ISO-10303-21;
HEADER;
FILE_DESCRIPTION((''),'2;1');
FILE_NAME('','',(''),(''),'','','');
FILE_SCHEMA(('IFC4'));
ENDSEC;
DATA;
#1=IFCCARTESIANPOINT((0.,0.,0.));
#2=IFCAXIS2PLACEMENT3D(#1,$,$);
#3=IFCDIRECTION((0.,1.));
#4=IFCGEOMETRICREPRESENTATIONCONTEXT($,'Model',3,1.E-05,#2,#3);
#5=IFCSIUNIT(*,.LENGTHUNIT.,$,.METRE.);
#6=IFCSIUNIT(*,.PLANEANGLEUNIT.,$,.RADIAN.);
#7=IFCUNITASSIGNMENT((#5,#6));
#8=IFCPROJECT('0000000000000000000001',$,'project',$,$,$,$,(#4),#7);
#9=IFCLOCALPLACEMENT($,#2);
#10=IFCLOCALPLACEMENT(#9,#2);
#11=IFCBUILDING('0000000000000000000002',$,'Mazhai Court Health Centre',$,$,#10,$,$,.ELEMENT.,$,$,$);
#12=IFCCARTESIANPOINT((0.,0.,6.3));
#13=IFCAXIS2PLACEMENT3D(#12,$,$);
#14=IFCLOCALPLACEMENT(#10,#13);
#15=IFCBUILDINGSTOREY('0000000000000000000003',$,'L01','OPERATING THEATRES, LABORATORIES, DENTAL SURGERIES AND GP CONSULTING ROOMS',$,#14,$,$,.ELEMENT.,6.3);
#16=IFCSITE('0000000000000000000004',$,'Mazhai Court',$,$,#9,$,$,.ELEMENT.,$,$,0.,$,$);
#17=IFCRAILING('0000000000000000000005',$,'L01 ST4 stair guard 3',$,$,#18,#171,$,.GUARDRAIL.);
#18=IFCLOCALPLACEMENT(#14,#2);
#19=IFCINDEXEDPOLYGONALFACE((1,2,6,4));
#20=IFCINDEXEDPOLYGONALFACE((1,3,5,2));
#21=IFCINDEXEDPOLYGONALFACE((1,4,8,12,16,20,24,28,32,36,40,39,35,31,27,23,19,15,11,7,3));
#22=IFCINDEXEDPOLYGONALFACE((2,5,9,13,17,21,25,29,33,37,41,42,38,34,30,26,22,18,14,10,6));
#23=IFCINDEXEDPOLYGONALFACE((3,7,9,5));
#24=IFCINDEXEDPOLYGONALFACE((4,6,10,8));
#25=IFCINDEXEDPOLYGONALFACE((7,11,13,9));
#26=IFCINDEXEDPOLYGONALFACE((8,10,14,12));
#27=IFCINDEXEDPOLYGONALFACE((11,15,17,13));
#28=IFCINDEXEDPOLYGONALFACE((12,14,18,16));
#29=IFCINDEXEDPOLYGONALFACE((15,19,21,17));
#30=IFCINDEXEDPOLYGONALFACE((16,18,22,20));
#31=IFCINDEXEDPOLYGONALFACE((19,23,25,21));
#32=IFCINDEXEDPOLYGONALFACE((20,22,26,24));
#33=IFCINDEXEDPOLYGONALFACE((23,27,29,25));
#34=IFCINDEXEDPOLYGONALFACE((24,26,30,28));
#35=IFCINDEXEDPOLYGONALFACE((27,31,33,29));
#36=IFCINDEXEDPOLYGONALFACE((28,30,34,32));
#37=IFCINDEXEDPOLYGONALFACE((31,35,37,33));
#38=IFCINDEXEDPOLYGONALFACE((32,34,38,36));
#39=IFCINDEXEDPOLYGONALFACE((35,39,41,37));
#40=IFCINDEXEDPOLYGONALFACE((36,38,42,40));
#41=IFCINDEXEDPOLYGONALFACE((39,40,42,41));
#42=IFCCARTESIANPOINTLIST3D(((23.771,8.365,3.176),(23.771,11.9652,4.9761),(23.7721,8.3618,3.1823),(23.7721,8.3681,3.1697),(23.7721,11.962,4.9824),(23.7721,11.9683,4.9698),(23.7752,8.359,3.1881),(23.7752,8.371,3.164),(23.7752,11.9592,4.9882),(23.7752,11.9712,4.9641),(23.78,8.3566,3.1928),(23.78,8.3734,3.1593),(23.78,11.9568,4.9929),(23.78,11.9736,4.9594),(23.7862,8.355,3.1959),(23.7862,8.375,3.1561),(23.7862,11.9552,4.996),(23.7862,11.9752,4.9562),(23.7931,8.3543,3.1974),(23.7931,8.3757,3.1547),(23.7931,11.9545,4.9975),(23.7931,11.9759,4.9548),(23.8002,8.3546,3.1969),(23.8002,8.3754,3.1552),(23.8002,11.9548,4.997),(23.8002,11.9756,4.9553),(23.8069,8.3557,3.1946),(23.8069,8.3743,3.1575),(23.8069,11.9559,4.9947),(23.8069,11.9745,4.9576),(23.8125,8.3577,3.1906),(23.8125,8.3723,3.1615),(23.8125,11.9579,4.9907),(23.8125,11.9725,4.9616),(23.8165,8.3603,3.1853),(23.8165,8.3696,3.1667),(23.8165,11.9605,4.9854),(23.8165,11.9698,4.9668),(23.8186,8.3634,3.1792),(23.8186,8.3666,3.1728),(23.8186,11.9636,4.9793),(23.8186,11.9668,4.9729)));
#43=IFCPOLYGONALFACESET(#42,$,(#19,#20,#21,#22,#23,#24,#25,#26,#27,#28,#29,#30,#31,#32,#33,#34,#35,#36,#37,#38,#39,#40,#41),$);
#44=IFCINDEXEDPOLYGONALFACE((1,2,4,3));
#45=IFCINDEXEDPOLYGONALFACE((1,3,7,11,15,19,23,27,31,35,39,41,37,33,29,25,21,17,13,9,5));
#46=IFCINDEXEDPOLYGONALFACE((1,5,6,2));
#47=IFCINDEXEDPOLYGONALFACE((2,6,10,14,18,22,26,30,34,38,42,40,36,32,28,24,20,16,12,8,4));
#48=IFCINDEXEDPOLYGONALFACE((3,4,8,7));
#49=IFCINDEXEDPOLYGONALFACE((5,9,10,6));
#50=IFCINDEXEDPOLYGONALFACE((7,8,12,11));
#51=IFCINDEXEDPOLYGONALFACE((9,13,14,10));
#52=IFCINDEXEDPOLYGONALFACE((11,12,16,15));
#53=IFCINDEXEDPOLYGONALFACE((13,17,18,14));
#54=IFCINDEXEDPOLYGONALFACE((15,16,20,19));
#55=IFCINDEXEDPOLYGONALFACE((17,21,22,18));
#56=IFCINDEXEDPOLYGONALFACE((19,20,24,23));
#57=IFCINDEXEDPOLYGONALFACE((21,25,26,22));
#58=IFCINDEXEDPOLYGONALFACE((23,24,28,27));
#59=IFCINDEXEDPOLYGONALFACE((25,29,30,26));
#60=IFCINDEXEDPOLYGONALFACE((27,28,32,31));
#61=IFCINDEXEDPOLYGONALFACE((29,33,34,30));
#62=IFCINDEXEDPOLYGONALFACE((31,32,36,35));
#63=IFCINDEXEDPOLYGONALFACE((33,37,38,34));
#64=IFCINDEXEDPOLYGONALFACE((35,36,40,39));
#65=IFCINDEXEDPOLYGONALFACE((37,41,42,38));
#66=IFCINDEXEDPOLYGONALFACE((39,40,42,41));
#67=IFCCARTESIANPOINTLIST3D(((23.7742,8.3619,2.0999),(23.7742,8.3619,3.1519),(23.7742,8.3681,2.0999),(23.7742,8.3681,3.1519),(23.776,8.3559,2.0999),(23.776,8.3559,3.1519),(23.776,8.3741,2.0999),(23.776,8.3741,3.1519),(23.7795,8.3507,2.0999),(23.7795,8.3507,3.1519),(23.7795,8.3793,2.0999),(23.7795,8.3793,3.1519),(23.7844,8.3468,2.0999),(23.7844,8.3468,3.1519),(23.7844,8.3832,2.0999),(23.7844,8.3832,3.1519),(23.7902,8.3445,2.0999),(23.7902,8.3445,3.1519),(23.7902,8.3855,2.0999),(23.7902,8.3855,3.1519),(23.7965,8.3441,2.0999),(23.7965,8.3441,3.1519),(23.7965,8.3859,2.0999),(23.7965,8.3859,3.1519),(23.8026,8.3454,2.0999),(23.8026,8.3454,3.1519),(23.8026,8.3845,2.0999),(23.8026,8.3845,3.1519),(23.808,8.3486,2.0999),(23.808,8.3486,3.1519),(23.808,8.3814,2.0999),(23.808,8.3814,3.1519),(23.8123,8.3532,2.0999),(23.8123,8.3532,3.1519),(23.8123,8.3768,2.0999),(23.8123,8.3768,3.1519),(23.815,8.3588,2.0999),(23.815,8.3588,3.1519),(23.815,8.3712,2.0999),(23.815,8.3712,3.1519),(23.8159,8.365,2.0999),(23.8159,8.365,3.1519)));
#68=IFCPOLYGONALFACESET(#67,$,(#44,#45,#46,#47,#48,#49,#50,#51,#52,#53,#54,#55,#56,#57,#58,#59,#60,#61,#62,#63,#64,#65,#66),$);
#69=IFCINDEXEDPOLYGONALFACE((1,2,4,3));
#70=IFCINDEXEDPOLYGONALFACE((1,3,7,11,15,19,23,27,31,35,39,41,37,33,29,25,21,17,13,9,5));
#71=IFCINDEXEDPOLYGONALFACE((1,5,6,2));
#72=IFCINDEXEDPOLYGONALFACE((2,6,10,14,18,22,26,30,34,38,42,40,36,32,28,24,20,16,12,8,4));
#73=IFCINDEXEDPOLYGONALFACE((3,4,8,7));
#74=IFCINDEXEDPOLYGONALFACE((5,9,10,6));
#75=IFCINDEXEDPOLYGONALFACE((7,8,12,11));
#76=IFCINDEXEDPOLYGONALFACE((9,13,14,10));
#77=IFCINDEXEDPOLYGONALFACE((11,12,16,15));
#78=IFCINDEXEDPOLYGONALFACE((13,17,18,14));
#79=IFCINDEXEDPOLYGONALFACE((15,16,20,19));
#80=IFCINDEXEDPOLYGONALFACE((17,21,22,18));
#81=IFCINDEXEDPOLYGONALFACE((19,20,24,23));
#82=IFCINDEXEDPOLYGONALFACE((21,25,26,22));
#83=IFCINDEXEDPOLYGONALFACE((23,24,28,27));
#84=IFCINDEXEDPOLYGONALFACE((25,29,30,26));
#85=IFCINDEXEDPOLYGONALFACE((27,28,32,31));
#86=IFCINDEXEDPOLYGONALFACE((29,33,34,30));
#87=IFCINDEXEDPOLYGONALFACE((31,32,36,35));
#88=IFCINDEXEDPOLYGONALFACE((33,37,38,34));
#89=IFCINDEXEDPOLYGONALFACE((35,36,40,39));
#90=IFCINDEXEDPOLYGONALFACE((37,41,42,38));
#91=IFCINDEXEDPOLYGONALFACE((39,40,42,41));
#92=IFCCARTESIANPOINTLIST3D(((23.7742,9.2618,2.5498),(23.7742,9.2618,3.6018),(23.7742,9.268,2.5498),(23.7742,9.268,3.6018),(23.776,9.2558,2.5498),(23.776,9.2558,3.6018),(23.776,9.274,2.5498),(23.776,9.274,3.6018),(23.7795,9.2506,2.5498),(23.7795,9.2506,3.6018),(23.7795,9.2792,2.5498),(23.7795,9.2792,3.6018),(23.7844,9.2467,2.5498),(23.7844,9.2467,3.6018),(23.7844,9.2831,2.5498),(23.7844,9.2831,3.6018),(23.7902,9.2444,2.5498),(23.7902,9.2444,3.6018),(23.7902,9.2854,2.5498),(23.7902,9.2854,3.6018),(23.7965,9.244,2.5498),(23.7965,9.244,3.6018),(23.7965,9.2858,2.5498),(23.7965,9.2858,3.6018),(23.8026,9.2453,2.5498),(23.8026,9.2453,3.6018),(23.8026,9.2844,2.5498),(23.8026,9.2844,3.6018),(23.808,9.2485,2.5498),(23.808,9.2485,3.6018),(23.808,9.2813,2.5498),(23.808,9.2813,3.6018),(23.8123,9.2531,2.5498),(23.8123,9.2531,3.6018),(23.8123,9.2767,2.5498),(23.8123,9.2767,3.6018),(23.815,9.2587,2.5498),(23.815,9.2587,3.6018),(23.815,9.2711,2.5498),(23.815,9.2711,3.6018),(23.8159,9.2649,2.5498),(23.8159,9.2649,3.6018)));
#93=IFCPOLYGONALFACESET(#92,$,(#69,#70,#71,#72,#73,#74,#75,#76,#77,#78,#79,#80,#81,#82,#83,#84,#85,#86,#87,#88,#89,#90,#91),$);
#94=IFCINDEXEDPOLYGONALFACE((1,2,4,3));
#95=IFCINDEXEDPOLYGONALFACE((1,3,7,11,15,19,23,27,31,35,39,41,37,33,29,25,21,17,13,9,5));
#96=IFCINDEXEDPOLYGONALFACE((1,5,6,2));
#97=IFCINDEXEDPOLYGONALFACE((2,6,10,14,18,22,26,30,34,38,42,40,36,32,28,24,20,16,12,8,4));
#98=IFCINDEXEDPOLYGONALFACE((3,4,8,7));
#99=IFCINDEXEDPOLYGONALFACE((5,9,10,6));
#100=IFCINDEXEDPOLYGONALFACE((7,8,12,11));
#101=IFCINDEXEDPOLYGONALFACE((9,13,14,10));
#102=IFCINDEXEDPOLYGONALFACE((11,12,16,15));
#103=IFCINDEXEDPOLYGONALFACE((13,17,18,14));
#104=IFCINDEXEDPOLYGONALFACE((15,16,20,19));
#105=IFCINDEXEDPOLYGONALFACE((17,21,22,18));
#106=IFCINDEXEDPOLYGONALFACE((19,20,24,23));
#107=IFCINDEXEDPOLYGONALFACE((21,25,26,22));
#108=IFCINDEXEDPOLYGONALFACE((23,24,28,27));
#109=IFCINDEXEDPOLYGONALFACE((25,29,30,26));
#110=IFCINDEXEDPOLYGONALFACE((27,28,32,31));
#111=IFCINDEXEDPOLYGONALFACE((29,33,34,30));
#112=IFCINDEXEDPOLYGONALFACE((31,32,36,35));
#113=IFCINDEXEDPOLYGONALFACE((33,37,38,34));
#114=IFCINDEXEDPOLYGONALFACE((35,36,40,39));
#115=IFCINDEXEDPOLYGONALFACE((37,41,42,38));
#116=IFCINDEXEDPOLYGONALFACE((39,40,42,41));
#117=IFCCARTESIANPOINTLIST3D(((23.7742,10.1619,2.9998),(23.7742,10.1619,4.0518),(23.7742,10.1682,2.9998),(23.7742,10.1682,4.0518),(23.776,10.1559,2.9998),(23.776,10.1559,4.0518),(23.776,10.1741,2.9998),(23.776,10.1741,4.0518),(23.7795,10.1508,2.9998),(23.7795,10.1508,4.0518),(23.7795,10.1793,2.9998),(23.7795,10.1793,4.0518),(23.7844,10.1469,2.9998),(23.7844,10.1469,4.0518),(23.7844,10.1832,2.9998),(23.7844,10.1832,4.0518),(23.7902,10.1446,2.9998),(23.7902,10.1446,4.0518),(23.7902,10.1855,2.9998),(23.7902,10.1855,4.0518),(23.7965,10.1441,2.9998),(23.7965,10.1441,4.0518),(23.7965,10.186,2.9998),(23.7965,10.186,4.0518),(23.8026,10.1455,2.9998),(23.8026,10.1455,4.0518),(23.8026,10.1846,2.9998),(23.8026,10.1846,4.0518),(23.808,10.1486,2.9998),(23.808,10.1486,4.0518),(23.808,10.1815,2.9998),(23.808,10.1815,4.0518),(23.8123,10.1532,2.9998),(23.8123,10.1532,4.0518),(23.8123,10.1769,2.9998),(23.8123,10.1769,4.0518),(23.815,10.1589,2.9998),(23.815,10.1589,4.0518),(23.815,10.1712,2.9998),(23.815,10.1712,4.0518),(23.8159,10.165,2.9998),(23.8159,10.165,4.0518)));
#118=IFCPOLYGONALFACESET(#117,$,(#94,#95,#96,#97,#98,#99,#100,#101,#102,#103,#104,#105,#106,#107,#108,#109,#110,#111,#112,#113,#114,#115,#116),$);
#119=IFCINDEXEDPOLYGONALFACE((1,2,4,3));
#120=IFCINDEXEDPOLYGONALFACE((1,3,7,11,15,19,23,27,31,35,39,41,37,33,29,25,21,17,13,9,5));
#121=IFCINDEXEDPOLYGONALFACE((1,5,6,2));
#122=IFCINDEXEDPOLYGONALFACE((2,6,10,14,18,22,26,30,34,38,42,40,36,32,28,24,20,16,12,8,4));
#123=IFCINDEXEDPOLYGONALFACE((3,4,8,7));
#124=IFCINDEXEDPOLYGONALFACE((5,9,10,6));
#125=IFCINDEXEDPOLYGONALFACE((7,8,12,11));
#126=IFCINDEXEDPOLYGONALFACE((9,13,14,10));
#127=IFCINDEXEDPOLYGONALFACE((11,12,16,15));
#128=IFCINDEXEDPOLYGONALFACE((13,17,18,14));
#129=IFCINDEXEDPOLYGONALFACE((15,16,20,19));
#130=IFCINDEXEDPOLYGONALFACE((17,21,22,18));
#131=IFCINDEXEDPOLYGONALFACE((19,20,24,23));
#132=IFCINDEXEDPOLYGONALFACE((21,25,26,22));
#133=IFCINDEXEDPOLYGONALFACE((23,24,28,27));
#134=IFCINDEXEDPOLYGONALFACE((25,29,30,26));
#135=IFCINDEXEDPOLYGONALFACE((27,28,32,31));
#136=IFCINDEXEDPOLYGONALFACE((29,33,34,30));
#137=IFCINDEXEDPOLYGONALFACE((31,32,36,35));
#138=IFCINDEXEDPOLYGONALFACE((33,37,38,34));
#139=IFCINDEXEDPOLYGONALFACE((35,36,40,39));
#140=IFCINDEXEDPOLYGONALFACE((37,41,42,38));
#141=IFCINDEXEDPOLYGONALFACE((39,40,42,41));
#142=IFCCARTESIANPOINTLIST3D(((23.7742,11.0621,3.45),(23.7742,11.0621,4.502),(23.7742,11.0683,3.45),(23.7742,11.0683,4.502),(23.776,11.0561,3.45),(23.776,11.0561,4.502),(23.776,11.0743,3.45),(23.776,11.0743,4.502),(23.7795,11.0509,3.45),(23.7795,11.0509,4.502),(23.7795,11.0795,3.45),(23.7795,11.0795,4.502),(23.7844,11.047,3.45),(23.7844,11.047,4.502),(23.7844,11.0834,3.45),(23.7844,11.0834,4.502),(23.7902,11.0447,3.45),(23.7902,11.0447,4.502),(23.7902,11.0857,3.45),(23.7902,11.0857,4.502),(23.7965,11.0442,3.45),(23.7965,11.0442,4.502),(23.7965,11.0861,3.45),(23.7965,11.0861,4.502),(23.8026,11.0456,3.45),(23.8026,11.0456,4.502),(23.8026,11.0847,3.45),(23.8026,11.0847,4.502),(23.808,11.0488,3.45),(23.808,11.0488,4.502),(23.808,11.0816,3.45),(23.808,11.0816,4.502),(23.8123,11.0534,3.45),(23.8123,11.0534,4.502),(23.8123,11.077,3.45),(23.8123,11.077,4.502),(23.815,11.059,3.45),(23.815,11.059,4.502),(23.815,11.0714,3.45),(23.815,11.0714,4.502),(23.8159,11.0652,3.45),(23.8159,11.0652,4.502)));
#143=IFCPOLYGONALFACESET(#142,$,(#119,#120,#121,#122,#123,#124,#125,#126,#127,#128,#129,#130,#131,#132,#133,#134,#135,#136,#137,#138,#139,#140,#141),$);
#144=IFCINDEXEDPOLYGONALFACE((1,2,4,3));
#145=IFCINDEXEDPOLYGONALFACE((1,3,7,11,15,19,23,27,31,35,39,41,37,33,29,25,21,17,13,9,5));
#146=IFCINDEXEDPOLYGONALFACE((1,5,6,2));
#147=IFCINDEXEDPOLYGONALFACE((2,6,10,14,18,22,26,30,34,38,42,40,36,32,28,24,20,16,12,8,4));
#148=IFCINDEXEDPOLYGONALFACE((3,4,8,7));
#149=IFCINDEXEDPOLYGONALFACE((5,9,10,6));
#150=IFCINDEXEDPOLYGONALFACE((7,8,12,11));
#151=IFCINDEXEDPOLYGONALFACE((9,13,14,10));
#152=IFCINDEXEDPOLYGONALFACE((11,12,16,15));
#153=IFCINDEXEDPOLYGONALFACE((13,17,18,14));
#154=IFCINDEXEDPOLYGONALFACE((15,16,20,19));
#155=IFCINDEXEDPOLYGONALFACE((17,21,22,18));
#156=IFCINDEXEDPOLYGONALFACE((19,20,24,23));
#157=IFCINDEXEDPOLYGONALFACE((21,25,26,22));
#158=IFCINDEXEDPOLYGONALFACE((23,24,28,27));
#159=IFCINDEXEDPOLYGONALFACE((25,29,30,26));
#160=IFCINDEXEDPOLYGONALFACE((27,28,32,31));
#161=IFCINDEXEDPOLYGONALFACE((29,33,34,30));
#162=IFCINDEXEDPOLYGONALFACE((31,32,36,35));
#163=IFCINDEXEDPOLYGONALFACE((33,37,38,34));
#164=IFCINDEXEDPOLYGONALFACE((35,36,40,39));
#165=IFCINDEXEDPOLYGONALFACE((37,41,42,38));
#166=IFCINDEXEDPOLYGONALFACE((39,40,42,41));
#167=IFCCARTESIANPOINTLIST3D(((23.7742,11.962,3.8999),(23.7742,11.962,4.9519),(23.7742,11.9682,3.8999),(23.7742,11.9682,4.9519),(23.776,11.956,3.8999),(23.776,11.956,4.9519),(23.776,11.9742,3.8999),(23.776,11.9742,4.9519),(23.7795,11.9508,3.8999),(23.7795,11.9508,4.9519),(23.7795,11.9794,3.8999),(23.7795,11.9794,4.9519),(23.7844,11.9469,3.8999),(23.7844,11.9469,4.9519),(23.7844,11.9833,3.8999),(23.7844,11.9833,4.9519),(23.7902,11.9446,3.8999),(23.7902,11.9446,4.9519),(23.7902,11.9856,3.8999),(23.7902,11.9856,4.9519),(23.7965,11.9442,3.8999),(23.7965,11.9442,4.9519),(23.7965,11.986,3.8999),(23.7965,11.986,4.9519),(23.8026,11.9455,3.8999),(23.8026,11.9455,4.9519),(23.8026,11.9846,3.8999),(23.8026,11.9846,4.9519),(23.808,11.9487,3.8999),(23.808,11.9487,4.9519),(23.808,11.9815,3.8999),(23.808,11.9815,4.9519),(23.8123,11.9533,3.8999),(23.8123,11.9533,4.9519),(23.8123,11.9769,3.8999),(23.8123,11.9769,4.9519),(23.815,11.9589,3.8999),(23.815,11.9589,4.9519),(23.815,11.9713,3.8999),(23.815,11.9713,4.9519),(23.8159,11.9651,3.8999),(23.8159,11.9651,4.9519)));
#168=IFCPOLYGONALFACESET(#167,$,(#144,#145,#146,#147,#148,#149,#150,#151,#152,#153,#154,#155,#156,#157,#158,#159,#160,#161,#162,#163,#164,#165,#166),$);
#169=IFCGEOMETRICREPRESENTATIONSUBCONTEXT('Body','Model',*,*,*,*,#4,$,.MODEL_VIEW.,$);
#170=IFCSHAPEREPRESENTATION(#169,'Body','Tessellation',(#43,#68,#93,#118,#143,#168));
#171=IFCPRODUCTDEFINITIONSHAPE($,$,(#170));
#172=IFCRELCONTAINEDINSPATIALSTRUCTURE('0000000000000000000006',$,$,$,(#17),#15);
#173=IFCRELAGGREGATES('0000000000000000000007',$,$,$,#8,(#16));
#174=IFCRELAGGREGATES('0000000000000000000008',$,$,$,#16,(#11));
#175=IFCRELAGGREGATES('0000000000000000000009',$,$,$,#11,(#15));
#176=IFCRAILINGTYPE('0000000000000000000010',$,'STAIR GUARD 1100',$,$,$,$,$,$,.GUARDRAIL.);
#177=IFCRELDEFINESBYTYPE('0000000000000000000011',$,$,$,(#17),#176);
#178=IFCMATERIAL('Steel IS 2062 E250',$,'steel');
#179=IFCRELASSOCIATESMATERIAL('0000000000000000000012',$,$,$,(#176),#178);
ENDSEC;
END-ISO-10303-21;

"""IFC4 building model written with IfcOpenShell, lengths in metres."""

from ifc_helpers import new_model, si_unit, direction, frame, origin, origin_2d, place, context, subcontext, project, spatial, circle, extrude, material, type_object, element, save


model = new_model("IFC4")

# Units and contexts
model_context = context("Model", 3, precision=1e-05, world=origin(), true_north=direction((0.0, 1.0)))
body_context = subcontext(model_context, "Body", "Model", "MODEL_VIEW")
ifc_project = project(units=[si_unit("LENGTHUNIT", "METRE"), si_unit("PLANEANGLEUNIT", "RADIAN")], contexts=[model_context])

# Site, building, storey
site_placement = place(None, origin())
site = spatial("IfcSite", under=ifc_project, at=site_placement, Name="Mazhai Court", CompositionType="ELEMENT", RefElevation=0.0)
building_placement = place(site_placement, origin())
building = spatial("IfcBuilding", under=site, at=building_placement, Name="Mazhai Court Health Centre", CompositionType="ELEMENT")
storey_placement = place(building_placement, frame((0.0, 0.0, 6.3)))
storey = spatial("IfcBuildingStorey", under=building, at=storey_placement, Name="L01", Description="OPERATING THEATRES, LABORATORIES, DENTAL SURGERIES AND GP CONSULTING ROOMS", CompositionType="ELEMENT", Elevation=6.3)

# Railing
ifc_material_1 = material(Name="Steel IS 2062 E250", Category="steel")
railing_type = type_object("IfcRailingType", Name="STAIR GUARD 1100", PredefinedType="GUARDRAIL", material=ifc_material_1)
railing_1_placement = place(storey_placement, frame((23.7949, 8.365, 2.0999)))
element("IfcRailing", 1, at=railing_1_placement, inside=storey, type_object=railing_type, Name="L01 ST4 stair guard 3", PredefinedType="GUARDRAIL", context=body_context, shape_type="SweptSolid", body=[
    extrude(circle(Radius=0.0239, at=origin_2d()), frame((0.0, 0.0, 1.0762), z_axis=(0.0, 0.894427, 0.447214), x_axis=(-1.0, 0.0, 0.0)), (0.0, 0.0, 1.0), 4.0251),
    extrude(circle(Radius=0.021, at=origin_2d()), origin(), (0.0, 0.0, 1.0), 1.052),
    extrude(circle(Radius=0.021, at=origin_2d()), frame((0.0, 0.8999, 0.45)), (0.0, 0.0, 1.0), 1.052),
    extrude(circle(Radius=0.021, at=origin_2d()), frame((0.0, 1.8, 0.8999)), (0.0, 0.0, 1.0), 1.052),
    extrude(circle(Radius=0.021, at=origin_2d()), frame((0.0, 2.7002, 1.3501)), (0.0, 0.0, 1.0), 1.052),
    extrude(circle(Radius=0.021, at=origin_2d()), frame((0.0, 3.6001, 1.8)), (0.0, 0.0, 1.0), 1.052),
])

save(model, "model.ifc")
